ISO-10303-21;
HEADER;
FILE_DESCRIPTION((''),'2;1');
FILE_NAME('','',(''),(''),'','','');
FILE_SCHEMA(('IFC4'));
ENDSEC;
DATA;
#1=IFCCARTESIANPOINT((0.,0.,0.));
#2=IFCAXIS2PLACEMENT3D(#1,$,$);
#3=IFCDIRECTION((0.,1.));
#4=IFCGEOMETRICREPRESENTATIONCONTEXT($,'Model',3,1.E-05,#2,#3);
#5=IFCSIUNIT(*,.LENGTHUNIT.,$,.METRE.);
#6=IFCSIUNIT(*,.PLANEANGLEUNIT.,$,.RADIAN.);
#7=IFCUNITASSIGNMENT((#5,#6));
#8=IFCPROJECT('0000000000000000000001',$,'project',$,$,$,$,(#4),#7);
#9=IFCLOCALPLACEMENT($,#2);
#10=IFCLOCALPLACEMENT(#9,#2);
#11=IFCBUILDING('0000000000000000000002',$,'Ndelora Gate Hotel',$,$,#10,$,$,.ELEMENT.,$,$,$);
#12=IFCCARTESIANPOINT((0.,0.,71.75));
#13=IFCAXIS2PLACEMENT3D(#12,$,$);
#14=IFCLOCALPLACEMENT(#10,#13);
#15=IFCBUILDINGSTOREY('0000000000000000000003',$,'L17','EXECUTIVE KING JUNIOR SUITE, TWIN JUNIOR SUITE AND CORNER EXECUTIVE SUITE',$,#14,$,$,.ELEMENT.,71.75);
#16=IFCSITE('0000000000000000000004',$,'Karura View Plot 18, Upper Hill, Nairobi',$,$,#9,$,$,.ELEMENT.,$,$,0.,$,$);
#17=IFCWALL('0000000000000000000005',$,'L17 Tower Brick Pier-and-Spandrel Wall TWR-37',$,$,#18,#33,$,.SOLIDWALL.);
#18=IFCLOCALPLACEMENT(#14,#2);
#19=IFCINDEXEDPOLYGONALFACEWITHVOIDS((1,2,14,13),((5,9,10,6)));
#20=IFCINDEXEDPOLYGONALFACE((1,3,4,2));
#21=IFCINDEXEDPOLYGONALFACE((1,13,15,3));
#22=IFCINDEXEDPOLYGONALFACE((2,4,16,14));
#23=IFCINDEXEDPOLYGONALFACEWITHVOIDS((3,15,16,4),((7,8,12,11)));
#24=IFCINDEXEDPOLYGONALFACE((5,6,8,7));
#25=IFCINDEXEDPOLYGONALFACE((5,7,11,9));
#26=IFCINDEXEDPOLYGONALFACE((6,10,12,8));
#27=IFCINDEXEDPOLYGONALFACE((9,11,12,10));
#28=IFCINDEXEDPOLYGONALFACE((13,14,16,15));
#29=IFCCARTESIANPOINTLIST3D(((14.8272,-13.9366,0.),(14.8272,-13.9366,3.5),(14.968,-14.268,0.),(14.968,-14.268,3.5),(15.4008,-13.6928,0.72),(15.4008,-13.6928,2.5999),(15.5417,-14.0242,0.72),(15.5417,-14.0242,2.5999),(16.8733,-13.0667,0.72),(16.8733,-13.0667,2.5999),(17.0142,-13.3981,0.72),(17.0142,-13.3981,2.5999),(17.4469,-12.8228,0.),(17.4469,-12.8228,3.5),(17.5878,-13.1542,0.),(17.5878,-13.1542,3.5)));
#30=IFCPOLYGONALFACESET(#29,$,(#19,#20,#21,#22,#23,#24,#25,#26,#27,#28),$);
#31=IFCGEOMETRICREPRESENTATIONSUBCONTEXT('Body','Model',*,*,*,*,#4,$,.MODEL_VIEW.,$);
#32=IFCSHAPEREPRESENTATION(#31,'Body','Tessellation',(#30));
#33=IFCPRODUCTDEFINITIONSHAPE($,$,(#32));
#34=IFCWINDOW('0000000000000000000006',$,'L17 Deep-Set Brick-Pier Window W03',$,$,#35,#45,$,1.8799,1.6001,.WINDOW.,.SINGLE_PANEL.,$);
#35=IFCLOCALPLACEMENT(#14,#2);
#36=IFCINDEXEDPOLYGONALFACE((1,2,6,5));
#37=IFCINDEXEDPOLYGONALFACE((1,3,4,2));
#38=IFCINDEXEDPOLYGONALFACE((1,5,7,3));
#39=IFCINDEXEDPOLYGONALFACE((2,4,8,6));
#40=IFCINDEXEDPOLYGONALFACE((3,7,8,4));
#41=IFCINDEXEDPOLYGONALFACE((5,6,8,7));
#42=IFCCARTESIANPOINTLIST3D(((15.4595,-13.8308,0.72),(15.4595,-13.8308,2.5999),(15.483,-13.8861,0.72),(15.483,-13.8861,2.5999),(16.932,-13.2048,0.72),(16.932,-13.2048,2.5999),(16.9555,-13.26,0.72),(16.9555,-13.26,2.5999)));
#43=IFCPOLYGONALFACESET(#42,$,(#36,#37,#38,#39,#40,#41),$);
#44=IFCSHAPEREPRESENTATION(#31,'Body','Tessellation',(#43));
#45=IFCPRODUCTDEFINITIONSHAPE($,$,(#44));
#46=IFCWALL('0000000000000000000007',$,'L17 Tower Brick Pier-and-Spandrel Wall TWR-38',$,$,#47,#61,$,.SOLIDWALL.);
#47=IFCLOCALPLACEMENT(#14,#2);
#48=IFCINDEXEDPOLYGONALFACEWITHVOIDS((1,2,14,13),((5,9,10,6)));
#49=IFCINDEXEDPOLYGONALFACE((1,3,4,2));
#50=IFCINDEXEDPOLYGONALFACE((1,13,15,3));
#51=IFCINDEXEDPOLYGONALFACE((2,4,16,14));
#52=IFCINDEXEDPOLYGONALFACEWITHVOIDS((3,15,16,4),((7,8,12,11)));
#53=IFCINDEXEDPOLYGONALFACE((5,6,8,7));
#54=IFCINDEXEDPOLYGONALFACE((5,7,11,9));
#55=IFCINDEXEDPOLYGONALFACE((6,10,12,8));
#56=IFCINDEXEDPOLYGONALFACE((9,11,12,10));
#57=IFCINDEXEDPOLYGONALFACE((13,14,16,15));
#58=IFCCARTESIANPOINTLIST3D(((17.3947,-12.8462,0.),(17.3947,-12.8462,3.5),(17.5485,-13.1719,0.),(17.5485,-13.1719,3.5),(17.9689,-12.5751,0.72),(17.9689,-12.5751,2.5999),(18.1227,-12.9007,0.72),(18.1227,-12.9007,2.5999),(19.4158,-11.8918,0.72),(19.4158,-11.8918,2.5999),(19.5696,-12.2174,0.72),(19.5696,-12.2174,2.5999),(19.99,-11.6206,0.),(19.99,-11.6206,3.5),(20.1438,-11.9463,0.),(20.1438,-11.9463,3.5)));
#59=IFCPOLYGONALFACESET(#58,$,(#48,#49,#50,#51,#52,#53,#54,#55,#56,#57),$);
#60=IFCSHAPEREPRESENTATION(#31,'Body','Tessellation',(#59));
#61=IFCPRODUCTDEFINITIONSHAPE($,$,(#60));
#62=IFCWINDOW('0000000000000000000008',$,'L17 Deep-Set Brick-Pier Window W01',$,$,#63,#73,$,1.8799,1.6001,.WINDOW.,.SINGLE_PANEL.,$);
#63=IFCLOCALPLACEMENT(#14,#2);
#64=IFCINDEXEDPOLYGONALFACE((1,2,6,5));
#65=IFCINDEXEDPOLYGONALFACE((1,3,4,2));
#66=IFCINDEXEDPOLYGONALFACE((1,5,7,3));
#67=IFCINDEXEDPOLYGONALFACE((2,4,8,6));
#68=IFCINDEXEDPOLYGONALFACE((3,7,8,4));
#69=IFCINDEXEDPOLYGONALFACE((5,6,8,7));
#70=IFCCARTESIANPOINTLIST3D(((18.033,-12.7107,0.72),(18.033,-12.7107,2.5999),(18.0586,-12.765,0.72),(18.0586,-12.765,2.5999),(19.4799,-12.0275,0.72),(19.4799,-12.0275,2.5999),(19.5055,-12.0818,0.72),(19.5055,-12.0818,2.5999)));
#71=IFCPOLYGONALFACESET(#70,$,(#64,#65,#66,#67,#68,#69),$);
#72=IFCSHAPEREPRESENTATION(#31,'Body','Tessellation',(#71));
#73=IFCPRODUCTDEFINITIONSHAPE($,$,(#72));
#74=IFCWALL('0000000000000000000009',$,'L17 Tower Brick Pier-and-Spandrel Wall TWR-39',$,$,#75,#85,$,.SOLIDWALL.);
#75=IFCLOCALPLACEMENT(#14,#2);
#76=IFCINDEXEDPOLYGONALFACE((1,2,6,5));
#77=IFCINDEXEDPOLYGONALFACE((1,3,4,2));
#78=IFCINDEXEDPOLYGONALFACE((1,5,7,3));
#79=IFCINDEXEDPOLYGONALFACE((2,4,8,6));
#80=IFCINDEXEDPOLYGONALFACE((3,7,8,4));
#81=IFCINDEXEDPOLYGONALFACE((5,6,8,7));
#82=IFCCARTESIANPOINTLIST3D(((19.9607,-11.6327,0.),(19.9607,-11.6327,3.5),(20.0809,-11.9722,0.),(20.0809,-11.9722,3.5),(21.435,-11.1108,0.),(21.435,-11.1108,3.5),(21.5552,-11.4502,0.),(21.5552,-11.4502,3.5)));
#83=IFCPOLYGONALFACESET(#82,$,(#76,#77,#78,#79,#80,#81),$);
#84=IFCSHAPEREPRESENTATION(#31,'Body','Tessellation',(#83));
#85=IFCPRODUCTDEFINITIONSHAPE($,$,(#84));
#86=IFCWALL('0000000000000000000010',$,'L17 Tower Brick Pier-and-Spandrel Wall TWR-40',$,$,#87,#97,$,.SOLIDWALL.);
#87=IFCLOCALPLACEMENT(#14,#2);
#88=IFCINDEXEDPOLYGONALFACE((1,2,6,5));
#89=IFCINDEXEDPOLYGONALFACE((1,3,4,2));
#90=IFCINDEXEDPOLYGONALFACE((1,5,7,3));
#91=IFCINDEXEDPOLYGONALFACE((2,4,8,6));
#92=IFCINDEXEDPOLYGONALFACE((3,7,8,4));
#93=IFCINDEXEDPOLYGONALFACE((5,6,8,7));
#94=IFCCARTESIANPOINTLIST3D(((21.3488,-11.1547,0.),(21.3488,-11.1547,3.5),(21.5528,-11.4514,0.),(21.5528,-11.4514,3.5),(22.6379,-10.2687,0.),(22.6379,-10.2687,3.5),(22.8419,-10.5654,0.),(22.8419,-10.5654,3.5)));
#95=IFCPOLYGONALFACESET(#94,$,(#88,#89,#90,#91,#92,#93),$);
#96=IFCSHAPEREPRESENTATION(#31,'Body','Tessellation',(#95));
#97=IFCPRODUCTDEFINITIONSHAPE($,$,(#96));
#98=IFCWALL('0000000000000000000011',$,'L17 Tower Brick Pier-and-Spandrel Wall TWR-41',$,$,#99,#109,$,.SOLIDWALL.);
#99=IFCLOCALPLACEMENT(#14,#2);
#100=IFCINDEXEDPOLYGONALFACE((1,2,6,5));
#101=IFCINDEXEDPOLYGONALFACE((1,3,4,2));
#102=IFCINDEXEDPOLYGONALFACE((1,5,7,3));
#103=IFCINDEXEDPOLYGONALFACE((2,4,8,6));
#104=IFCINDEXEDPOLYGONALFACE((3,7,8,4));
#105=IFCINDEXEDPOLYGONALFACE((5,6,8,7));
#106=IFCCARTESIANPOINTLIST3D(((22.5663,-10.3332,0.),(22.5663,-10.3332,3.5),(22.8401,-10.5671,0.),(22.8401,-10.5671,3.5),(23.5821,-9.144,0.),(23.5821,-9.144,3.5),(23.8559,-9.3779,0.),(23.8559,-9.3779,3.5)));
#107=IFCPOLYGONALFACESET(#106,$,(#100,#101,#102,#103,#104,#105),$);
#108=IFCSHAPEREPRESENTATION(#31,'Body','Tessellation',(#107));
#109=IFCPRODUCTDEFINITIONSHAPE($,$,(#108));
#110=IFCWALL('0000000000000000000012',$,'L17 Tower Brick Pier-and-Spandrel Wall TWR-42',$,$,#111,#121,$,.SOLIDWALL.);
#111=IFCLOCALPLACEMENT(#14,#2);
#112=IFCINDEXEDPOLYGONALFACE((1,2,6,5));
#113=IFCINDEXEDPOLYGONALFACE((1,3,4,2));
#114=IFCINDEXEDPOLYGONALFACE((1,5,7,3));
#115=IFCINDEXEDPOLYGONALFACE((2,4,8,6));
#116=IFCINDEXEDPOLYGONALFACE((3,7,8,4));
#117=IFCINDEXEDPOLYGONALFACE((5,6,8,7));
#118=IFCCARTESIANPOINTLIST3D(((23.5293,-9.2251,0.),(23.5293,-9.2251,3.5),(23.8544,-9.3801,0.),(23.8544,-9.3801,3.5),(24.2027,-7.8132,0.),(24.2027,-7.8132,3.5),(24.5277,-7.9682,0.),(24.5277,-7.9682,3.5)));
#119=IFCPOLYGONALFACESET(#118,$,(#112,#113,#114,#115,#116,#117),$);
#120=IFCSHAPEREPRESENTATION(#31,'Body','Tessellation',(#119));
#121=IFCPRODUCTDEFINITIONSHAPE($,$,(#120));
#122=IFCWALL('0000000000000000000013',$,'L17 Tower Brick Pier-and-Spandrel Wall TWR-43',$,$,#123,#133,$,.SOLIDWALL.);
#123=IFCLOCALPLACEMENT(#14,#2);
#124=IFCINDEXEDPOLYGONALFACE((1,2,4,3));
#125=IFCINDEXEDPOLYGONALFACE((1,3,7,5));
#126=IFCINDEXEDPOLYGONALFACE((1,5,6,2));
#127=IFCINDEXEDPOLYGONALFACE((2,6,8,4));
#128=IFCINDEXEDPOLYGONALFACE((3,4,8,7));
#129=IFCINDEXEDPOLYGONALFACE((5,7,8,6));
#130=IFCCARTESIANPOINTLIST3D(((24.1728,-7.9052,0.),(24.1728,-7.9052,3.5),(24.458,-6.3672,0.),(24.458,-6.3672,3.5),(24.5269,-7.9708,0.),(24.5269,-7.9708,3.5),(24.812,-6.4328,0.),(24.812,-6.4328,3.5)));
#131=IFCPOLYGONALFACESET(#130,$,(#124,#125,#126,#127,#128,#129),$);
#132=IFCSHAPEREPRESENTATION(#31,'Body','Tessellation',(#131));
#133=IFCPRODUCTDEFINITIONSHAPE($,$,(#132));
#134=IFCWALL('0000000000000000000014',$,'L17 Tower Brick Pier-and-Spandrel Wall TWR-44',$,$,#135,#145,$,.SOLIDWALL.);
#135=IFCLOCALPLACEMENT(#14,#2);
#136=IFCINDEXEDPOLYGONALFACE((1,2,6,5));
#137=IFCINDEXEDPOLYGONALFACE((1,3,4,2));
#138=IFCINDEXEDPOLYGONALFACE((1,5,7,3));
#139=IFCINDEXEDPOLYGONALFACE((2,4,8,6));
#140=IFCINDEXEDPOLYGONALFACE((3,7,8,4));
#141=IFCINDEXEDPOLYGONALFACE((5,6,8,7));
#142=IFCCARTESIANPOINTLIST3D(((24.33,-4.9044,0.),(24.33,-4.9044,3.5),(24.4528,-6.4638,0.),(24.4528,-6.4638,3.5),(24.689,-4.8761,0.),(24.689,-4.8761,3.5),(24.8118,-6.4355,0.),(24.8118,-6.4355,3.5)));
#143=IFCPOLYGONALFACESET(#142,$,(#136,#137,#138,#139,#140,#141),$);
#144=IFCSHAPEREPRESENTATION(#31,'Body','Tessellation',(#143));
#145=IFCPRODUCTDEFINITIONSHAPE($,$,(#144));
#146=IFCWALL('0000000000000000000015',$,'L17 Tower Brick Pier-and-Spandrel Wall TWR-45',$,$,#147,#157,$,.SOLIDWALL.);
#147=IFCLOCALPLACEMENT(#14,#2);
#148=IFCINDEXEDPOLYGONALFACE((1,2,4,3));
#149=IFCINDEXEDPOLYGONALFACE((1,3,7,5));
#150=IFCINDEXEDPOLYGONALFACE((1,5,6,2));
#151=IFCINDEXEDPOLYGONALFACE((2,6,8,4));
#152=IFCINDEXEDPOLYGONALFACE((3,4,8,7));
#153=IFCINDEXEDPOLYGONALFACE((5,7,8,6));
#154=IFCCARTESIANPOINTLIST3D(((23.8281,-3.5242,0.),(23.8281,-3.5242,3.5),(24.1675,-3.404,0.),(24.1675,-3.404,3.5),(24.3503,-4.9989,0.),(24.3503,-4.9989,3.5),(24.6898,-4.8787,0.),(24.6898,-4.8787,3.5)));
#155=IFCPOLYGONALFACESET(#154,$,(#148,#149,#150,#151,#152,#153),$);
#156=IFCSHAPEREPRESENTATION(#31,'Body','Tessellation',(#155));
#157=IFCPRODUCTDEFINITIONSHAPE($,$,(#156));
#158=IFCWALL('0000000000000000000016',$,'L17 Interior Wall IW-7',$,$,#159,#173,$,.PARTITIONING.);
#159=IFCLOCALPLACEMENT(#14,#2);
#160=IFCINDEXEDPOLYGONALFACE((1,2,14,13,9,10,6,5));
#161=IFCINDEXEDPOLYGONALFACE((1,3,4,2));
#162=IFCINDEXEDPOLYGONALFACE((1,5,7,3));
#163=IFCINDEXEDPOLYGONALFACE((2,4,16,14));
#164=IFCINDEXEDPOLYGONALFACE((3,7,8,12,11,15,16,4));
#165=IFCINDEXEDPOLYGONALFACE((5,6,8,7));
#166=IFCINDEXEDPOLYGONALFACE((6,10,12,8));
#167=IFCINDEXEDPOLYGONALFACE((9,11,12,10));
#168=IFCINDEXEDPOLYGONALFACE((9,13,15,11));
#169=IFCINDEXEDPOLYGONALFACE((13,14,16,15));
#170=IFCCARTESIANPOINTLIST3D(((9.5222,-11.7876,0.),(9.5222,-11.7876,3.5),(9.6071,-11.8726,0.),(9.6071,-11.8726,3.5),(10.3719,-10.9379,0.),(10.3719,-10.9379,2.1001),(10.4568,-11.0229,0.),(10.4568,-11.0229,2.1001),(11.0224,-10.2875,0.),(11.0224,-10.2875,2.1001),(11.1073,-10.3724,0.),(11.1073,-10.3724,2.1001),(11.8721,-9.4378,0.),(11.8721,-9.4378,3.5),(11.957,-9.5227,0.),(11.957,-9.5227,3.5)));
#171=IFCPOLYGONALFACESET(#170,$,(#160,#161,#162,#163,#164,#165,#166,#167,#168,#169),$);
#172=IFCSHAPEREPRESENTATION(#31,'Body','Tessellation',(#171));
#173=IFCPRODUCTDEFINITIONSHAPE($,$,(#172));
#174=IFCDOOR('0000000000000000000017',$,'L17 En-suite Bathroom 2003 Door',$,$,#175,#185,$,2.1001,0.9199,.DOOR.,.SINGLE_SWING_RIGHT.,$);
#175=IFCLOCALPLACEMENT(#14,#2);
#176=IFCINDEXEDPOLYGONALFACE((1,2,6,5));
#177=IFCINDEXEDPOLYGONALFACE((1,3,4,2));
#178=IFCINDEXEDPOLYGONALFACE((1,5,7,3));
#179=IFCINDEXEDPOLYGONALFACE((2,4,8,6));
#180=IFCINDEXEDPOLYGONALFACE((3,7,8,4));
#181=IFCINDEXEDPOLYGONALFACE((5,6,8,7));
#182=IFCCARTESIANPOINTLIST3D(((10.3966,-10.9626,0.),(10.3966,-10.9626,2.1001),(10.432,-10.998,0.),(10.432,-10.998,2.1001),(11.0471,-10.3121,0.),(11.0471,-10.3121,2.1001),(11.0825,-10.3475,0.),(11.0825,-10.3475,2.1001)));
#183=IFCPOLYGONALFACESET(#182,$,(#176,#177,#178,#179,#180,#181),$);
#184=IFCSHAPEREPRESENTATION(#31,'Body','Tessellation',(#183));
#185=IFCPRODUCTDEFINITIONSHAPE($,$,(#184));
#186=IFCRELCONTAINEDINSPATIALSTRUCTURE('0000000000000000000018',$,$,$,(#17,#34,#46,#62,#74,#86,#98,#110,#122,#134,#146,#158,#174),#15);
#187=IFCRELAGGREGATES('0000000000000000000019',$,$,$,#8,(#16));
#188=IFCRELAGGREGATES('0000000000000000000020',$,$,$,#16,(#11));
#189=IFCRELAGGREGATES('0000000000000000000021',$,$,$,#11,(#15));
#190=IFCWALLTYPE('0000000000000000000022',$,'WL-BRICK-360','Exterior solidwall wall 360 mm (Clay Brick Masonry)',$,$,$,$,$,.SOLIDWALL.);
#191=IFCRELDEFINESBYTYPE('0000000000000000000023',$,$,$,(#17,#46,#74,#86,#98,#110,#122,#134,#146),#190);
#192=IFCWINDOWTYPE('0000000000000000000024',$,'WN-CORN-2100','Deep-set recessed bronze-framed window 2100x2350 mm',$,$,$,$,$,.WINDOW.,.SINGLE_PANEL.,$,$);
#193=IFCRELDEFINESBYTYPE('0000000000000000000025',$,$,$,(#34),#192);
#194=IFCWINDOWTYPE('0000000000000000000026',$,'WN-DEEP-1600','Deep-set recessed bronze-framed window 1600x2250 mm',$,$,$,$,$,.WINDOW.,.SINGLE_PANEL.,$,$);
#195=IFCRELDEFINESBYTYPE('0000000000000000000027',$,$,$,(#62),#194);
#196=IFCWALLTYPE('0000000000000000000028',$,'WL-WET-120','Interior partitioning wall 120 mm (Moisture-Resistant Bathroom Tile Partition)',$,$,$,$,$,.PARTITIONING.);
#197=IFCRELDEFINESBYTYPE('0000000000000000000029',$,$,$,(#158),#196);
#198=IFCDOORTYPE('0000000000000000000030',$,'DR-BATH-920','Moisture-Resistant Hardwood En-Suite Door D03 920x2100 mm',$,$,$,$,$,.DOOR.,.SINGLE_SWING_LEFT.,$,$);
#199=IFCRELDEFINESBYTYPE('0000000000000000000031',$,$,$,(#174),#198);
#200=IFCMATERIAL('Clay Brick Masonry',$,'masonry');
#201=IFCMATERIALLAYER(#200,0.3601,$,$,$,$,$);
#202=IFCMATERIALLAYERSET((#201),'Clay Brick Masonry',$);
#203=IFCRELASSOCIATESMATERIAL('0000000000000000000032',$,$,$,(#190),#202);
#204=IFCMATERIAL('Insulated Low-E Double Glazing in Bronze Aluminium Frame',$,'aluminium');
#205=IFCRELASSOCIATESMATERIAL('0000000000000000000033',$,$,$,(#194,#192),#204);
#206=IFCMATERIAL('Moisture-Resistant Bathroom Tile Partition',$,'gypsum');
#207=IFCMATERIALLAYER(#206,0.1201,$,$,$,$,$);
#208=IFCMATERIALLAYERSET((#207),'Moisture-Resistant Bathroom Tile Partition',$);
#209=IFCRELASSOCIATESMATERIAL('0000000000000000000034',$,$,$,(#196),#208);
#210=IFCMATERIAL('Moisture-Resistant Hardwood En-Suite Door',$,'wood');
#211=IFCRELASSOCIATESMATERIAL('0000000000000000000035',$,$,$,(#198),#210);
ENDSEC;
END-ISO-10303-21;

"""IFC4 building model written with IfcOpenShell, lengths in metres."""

from ifc_helpers import new_model, si_unit, direction, frame, frame_2d, origin, place, context, subcontext, project, spatial, rectangle, extrude, material, layer, layer_set, type_object, element, fill, save


model = new_model("IFC4")

# Units and contexts
model_context = context("Model", 3, precision=1e-05, world=origin(), true_north=direction((0.0, 1.0)))
body_context = subcontext(model_context, "Body", "Model", "MODEL_VIEW")
ifc_project = project(units=[si_unit("LENGTHUNIT", "METRE"), si_unit("PLANEANGLEUNIT", "RADIAN")], contexts=[model_context])

# Site, building, storey
site_placement = place(None, origin())
site = spatial("IfcSite", under=ifc_project, at=site_placement, Name="Karura View Plot 18, Upper Hill, Nairobi", CompositionType="ELEMENT", RefElevation=0.0)
building_placement = place(site_placement, origin())
building = spatial("IfcBuilding", under=site, at=building_placement, Name="Ndelora Gate Hotel", CompositionType="ELEMENT")
storey_placement = place(building_placement, frame((0.0, 0.0, 71.75)))
storey = spatial("IfcBuildingStorey", under=building, at=storey_placement, Name="L17", Description="EXECUTIVE KING JUNIOR SUITE, TWIN JUNIOR SUITE AND CORNER EXECUTIVE SUITE", CompositionType="ELEMENT", Elevation=71.75)

# Walls, openings, windows
ifc_material_1 = material(Name="Clay Brick Masonry", Category="masonry")
ifc_layer_1 = layer(ifc_material_1, 0.3601)
ifc_layer_set_1 = layer_set([ifc_layer_1], Name="Clay Brick Masonry")
wall_type_1 = type_object("IfcWallType", Name="WL-BRICK-360", Description="Exterior solidwall wall 360 mm (Clay Brick Masonry)", PredefinedType="SOLIDWALL", material=ifc_layer_set_1)
ifc_material_2 = material(Name="Insulated Low-E Double Glazing in Bronze Aluminium Frame", Category="aluminium")
window_type_1 = type_object("IfcWindowType", Name="WN-DEEP-1600", Description="Deep-set recessed bronze-framed window 1600x2250 mm", PartitioningType="SINGLE_PANEL", PredefinedType="WINDOW", material=ifc_material_2)
wall_1_placement = place(storey_placement, frame((17.5173, -12.9885, 0.0), z_axis=(0.0, 0.0, 1.0), x_axis=(-0.920277, -0.391268, 0.0)))
wall_1 = element("IfcWall", 1, at=wall_1_placement, inside=storey, type_object=wall_type_1, Name="L17 Tower Brick Pier-and-Spandrel Wall TWR-37", PredefinedType="SOLIDWALL", context=body_context, shape_type="SweptSolid", body=[
    extrude(rectangle(XDim=2.8467, YDim=0.3601, at=frame_2d((1.4233, 0.0))), origin(), (0.0, 0.0, 1.0), 3.5),
])
opening_1_placement = place(wall_1_placement, frame((0.6233, 0.0, 0.72)))
opening_1 = element("IfcOpeningElement", 2, at=opening_1_placement, cuts=wall_1, PredefinedType="OPENING", context=body_context, shape_type="SweptSolid", body=[
    extrude(rectangle(XDim=1.6001, YDim=1.8799, at=frame_2d((0.8, 0.9399))), frame((0.0, 0.1899, 0.0), z_axis=(0.0, -1.0, 0.0), x_axis=(1.0, 0.0, 0.0)), (0.0, 0.0, 1.0), 0.3801),
])
window_type_2 = type_object("IfcWindowType", Name="WN-CORN-2100", Description="Deep-set recessed bronze-framed window 2100x2350 mm", PartitioningType="SINGLE_PANEL", PredefinedType="WINDOW", material=ifc_material_2)
window_1_placement = place(opening_1_placement, origin())
window_1 = element("IfcWindow", 3, at=window_1_placement, inside=storey, type_object=window_type_2, Name="L17 Deep-Set Brick-Pier Window W03", OverallHeight=1.8799, OverallWidth=1.6001, PartitioningType="SINGLE_PANEL", PredefinedType="WINDOW", context=body_context, shape_type="SweptSolid", body=[
    extrude(rectangle(XDim=1.6001, YDim=1.8799, at=frame_2d((0.8, 0.9399))), frame((0.0, 0.03, 0.0), z_axis=(0.0, -1.0, 0.0), x_axis=(1.0, 0.0, 0.0)), (0.0, 0.0, 1.0), 0.0601),
])
fill(opening_1, window_1)
wall_2_placement = place(storey_placement, frame((20.0669, -11.7834, 0.0), z_axis=(0.0, 0.0, 1.0), x_axis=(-0.90424, -0.427026, 0.0)))
wall_2 = element("IfcWall", 4, at=wall_2_placement, inside=storey, type_object=wall_type_1, Name="L17 Tower Brick Pier-and-Spandrel Wall TWR-38", PredefinedType="SOLIDWALL", context=body_context, shape_type="SweptSolid", body=[
    extrude(rectangle(XDim=2.8701, YDim=0.3601, at=frame_2d((1.4351, 0.0))), origin(), (0.0, 0.0, 1.0), 3.5),
])
opening_2_placement = place(wall_2_placement, frame((0.635, 0.0, 0.72)))
opening_2 = element("IfcOpeningElement", 5, at=opening_2_placement, cuts=wall_2, PredefinedType="OPENING", context=body_context, shape_type="SweptSolid", body=[
    extrude(rectangle(XDim=1.6001, YDim=1.8799, at=frame_2d((0.8, 0.9399))), frame((0.0, 0.1899, 0.0), z_axis=(0.0, -1.0, 0.0), x_axis=(1.0, 0.0, 0.0)), (0.0, 0.0, 1.0), 0.3801),
])
window_2_placement = place(opening_2_placement, origin())
window_2 = element("IfcWindow", 6, at=window_2_placement, inside=storey, type_object=window_type_1, Name="L17 Deep-Set Brick-Pier Window W01", OverallHeight=1.8799, OverallWidth=1.6001, PartitioningType="SINGLE_PANEL", PredefinedType="WINDOW", context=body_context, shape_type="SweptSolid", body=[
    extrude(rectangle(XDim=1.6001, YDim=1.8799, at=frame_2d((0.8, 0.9399))), frame((0.0, 0.03, 0.0), z_axis=(0.0, -1.0, 0.0), x_axis=(1.0, 0.0, 0.0)), (0.0, 0.0, 1.0), 0.0601),
])
fill(opening_2, window_2)

# Walls
wall_3_placement = place(storey_placement, frame((21.4951, -11.2805, 0.0), z_axis=(0.0, 0.0, 1.0), x_axis=(-0.942667, -0.333734, 0.0)))
element("IfcWall", 7, at=wall_3_placement, inside=storey, type_object=wall_type_1, Name="L17 Tower Brick Pier-and-Spandrel Wall TWR-39", PredefinedType="SOLIDWALL", context=body_context, shape_type="SweptSolid", body=[
    extrude(rectangle(XDim=1.564, YDim=0.3601, at=frame_2d((0.782, 0.0))), origin(), (0.0, 0.0, 1.0), 3.5),
])
wall_4_placement = place(storey_placement, frame((22.74, -10.417, 0.0), z_axis=(0.0, 0.0, 1.0), x_axis=(-0.824115, -0.566423, 0.0)))
element("IfcWall", 8, at=wall_4_placement, inside=storey, type_object=wall_type_1, Name="L17 Tower Brick Pier-and-Spandrel Wall TWR-40", PredefinedType="SOLIDWALL", context=body_context, shape_type="SweptSolid", body=[
    extrude(rectangle(XDim=1.5642, YDim=0.3601, at=frame_2d((0.7822, 0.0))), origin(), (0.0, 0.0, 1.0), 3.5),
])
wall_5_placement = place(storey_placement, frame((23.719, -9.261, 0.0), z_axis=(0.0, 0.0, 1.0), x_axis=(-0.649518, -0.760346, 0.0)))
element("IfcWall", 9, at=wall_5_placement, inside=storey, type_object=wall_type_1, Name="L17 Tower Brick Pier-and-Spandrel Wall TWR-41", PredefinedType="SOLIDWALL", context=body_context, shape_type="SweptSolid", body=[
    extrude(rectangle(XDim=1.564, YDim=0.3601, at=frame_2d((0.782, 0.0))), origin(), (0.0, 0.0, 1.0), 3.5),
])
for number, where, z_axis, x_axis, name in (
    (10, (24.3652, -7.8906, 0.0), (0.0, 0.0, 1.0), (-0.430467, -0.902606, 0.0), "L17 Tower Brick Pier-and-Spandrel Wall TWR-42"),
    (11, (24.635, -6.3999, 0.0), (0.0, 0.0, 1.0), (-0.18229, -0.983245, 0.0), "L17 Tower Brick Pier-and-Spandrel Wall TWR-43"),
    (12, (24.5095, -4.8901, 0.0), (0.0, 0.0, 1.0), (0.078511, -0.996913, 0.0), "L17 Tower Brick Pier-and-Spandrel Wall TWR-44"),
):
    element("IfcWall", number, at=place(storey_placement, frame(where, z_axis=z_axis, x_axis=x_axis)), inside=storey, type_object=wall_type_1, Name=name, PredefinedType="SOLIDWALL", context=body_context, shape_type="SweptSolid", body=[
        extrude(rectangle(XDim=1.5642, YDim=0.3601, at=frame_2d((0.7822, 0.0))), origin(), (0.0, 0.0, 1.0), 3.5),
    ])
wall_6_placement = place(storey_placement, frame((23.9978, -3.4641, 0.0), z_axis=(0.0, 0.0, 1.0), x_axis=(0.333824, -0.942635, 0.0)))
element("IfcWall", 13, at=wall_6_placement, inside=storey, type_object=wall_type_1, Name="L17 Tower Brick Pier-and-Spandrel Wall TWR-45", PredefinedType="SOLIDWALL", context=body_context, shape_type="SweptSolid", body=[
    extrude(rectangle(XDim=1.5645, YDim=0.3601, at=frame_2d((0.7822, 0.0))), origin(), (0.0, 0.0, 1.0), 3.5),
])

# Wall, opening, door
ifc_material_3 = material(Name="Moisture-Resistant Bathroom Tile Partition", Category="gypsum")
ifc_layer_2 = layer(ifc_material_3, 0.1201)
ifc_layer_set_2 = layer_set([ifc_layer_2], Name="Moisture-Resistant Bathroom Tile Partition")
wall_type_2 = type_object("IfcWallType", Name="WL-WET-120", Description="Interior partitioning wall 120 mm (Moisture-Resistant Bathroom Tile Partition)", PredefinedType="PARTITIONING", material=ifc_layer_set_2)
wall_7_placement = place(storey_placement, frame((11.9146, -9.4802, 0.0), z_axis=(0.0, 0.0, 1.0), x_axis=(-0.707107, -0.707107, 0.0)))
wall_7 = element("IfcWall", 14, at=wall_7_placement, inside=storey, type_object=wall_type_2, Name="L17 Interior Wall IW-7", PredefinedType="PARTITIONING", context=body_context, shape_type="SweptSolid", body=[
    extrude(rectangle(XDim=3.3232, YDim=0.1201, at=frame_2d((1.6616, 0.0))), origin(), (0.0, 0.0, 1.0), 3.5),
])
opening_3_placement = place(wall_7_placement, frame((1.2017, 0.0, 0.0)))
opening_3 = element("IfcOpeningElement", 15, at=opening_3_placement, cuts=wall_7, PredefinedType="OPENING", context=body_context, shape_type="SweptSolid", body=[
    extrude(rectangle(XDim=0.9199, YDim=2.1001, at=frame_2d((0.46, 1.05))), frame((0.0, 0.0701, 0.0), z_axis=(0.0, -1.0, 0.0), x_axis=(1.0, 0.0, 0.0)), (0.0, 0.0, 1.0), 0.1401),
])
ifc_material_4 = material(Name="Moisture-Resistant Hardwood En-Suite Door", Category="wood")
door_type = type_object("IfcDoorType", Name="DR-BATH-920", Description="Moisture-Resistant Hardwood En-Suite Door D03 920x2100 mm", OperationType="SINGLE_SWING_LEFT", PredefinedType="DOOR", material=ifc_material_4)
door_placement = place(opening_3_placement, origin())
door = element("IfcDoor", 16, at=door_placement, inside=storey, type_object=door_type, Name="L17 En-suite Bathroom 2003 Door", OperationType="SINGLE_SWING_RIGHT", OverallHeight=2.1001, OverallWidth=0.9199, PredefinedType="DOOR", context=body_context, shape_type="SweptSolid", body=[
    extrude(rectangle(XDim=0.9199, YDim=2.1001, at=frame_2d((0.46, 1.05))), frame((0.0, 0.0249, 0.0), z_axis=(0.0, -1.0, 0.0), x_axis=(1.0, 0.0, 0.0)), (0.0, 0.0, 1.0), 0.05),
])
fill(opening_3, door)

save(model, "model.ifc")
